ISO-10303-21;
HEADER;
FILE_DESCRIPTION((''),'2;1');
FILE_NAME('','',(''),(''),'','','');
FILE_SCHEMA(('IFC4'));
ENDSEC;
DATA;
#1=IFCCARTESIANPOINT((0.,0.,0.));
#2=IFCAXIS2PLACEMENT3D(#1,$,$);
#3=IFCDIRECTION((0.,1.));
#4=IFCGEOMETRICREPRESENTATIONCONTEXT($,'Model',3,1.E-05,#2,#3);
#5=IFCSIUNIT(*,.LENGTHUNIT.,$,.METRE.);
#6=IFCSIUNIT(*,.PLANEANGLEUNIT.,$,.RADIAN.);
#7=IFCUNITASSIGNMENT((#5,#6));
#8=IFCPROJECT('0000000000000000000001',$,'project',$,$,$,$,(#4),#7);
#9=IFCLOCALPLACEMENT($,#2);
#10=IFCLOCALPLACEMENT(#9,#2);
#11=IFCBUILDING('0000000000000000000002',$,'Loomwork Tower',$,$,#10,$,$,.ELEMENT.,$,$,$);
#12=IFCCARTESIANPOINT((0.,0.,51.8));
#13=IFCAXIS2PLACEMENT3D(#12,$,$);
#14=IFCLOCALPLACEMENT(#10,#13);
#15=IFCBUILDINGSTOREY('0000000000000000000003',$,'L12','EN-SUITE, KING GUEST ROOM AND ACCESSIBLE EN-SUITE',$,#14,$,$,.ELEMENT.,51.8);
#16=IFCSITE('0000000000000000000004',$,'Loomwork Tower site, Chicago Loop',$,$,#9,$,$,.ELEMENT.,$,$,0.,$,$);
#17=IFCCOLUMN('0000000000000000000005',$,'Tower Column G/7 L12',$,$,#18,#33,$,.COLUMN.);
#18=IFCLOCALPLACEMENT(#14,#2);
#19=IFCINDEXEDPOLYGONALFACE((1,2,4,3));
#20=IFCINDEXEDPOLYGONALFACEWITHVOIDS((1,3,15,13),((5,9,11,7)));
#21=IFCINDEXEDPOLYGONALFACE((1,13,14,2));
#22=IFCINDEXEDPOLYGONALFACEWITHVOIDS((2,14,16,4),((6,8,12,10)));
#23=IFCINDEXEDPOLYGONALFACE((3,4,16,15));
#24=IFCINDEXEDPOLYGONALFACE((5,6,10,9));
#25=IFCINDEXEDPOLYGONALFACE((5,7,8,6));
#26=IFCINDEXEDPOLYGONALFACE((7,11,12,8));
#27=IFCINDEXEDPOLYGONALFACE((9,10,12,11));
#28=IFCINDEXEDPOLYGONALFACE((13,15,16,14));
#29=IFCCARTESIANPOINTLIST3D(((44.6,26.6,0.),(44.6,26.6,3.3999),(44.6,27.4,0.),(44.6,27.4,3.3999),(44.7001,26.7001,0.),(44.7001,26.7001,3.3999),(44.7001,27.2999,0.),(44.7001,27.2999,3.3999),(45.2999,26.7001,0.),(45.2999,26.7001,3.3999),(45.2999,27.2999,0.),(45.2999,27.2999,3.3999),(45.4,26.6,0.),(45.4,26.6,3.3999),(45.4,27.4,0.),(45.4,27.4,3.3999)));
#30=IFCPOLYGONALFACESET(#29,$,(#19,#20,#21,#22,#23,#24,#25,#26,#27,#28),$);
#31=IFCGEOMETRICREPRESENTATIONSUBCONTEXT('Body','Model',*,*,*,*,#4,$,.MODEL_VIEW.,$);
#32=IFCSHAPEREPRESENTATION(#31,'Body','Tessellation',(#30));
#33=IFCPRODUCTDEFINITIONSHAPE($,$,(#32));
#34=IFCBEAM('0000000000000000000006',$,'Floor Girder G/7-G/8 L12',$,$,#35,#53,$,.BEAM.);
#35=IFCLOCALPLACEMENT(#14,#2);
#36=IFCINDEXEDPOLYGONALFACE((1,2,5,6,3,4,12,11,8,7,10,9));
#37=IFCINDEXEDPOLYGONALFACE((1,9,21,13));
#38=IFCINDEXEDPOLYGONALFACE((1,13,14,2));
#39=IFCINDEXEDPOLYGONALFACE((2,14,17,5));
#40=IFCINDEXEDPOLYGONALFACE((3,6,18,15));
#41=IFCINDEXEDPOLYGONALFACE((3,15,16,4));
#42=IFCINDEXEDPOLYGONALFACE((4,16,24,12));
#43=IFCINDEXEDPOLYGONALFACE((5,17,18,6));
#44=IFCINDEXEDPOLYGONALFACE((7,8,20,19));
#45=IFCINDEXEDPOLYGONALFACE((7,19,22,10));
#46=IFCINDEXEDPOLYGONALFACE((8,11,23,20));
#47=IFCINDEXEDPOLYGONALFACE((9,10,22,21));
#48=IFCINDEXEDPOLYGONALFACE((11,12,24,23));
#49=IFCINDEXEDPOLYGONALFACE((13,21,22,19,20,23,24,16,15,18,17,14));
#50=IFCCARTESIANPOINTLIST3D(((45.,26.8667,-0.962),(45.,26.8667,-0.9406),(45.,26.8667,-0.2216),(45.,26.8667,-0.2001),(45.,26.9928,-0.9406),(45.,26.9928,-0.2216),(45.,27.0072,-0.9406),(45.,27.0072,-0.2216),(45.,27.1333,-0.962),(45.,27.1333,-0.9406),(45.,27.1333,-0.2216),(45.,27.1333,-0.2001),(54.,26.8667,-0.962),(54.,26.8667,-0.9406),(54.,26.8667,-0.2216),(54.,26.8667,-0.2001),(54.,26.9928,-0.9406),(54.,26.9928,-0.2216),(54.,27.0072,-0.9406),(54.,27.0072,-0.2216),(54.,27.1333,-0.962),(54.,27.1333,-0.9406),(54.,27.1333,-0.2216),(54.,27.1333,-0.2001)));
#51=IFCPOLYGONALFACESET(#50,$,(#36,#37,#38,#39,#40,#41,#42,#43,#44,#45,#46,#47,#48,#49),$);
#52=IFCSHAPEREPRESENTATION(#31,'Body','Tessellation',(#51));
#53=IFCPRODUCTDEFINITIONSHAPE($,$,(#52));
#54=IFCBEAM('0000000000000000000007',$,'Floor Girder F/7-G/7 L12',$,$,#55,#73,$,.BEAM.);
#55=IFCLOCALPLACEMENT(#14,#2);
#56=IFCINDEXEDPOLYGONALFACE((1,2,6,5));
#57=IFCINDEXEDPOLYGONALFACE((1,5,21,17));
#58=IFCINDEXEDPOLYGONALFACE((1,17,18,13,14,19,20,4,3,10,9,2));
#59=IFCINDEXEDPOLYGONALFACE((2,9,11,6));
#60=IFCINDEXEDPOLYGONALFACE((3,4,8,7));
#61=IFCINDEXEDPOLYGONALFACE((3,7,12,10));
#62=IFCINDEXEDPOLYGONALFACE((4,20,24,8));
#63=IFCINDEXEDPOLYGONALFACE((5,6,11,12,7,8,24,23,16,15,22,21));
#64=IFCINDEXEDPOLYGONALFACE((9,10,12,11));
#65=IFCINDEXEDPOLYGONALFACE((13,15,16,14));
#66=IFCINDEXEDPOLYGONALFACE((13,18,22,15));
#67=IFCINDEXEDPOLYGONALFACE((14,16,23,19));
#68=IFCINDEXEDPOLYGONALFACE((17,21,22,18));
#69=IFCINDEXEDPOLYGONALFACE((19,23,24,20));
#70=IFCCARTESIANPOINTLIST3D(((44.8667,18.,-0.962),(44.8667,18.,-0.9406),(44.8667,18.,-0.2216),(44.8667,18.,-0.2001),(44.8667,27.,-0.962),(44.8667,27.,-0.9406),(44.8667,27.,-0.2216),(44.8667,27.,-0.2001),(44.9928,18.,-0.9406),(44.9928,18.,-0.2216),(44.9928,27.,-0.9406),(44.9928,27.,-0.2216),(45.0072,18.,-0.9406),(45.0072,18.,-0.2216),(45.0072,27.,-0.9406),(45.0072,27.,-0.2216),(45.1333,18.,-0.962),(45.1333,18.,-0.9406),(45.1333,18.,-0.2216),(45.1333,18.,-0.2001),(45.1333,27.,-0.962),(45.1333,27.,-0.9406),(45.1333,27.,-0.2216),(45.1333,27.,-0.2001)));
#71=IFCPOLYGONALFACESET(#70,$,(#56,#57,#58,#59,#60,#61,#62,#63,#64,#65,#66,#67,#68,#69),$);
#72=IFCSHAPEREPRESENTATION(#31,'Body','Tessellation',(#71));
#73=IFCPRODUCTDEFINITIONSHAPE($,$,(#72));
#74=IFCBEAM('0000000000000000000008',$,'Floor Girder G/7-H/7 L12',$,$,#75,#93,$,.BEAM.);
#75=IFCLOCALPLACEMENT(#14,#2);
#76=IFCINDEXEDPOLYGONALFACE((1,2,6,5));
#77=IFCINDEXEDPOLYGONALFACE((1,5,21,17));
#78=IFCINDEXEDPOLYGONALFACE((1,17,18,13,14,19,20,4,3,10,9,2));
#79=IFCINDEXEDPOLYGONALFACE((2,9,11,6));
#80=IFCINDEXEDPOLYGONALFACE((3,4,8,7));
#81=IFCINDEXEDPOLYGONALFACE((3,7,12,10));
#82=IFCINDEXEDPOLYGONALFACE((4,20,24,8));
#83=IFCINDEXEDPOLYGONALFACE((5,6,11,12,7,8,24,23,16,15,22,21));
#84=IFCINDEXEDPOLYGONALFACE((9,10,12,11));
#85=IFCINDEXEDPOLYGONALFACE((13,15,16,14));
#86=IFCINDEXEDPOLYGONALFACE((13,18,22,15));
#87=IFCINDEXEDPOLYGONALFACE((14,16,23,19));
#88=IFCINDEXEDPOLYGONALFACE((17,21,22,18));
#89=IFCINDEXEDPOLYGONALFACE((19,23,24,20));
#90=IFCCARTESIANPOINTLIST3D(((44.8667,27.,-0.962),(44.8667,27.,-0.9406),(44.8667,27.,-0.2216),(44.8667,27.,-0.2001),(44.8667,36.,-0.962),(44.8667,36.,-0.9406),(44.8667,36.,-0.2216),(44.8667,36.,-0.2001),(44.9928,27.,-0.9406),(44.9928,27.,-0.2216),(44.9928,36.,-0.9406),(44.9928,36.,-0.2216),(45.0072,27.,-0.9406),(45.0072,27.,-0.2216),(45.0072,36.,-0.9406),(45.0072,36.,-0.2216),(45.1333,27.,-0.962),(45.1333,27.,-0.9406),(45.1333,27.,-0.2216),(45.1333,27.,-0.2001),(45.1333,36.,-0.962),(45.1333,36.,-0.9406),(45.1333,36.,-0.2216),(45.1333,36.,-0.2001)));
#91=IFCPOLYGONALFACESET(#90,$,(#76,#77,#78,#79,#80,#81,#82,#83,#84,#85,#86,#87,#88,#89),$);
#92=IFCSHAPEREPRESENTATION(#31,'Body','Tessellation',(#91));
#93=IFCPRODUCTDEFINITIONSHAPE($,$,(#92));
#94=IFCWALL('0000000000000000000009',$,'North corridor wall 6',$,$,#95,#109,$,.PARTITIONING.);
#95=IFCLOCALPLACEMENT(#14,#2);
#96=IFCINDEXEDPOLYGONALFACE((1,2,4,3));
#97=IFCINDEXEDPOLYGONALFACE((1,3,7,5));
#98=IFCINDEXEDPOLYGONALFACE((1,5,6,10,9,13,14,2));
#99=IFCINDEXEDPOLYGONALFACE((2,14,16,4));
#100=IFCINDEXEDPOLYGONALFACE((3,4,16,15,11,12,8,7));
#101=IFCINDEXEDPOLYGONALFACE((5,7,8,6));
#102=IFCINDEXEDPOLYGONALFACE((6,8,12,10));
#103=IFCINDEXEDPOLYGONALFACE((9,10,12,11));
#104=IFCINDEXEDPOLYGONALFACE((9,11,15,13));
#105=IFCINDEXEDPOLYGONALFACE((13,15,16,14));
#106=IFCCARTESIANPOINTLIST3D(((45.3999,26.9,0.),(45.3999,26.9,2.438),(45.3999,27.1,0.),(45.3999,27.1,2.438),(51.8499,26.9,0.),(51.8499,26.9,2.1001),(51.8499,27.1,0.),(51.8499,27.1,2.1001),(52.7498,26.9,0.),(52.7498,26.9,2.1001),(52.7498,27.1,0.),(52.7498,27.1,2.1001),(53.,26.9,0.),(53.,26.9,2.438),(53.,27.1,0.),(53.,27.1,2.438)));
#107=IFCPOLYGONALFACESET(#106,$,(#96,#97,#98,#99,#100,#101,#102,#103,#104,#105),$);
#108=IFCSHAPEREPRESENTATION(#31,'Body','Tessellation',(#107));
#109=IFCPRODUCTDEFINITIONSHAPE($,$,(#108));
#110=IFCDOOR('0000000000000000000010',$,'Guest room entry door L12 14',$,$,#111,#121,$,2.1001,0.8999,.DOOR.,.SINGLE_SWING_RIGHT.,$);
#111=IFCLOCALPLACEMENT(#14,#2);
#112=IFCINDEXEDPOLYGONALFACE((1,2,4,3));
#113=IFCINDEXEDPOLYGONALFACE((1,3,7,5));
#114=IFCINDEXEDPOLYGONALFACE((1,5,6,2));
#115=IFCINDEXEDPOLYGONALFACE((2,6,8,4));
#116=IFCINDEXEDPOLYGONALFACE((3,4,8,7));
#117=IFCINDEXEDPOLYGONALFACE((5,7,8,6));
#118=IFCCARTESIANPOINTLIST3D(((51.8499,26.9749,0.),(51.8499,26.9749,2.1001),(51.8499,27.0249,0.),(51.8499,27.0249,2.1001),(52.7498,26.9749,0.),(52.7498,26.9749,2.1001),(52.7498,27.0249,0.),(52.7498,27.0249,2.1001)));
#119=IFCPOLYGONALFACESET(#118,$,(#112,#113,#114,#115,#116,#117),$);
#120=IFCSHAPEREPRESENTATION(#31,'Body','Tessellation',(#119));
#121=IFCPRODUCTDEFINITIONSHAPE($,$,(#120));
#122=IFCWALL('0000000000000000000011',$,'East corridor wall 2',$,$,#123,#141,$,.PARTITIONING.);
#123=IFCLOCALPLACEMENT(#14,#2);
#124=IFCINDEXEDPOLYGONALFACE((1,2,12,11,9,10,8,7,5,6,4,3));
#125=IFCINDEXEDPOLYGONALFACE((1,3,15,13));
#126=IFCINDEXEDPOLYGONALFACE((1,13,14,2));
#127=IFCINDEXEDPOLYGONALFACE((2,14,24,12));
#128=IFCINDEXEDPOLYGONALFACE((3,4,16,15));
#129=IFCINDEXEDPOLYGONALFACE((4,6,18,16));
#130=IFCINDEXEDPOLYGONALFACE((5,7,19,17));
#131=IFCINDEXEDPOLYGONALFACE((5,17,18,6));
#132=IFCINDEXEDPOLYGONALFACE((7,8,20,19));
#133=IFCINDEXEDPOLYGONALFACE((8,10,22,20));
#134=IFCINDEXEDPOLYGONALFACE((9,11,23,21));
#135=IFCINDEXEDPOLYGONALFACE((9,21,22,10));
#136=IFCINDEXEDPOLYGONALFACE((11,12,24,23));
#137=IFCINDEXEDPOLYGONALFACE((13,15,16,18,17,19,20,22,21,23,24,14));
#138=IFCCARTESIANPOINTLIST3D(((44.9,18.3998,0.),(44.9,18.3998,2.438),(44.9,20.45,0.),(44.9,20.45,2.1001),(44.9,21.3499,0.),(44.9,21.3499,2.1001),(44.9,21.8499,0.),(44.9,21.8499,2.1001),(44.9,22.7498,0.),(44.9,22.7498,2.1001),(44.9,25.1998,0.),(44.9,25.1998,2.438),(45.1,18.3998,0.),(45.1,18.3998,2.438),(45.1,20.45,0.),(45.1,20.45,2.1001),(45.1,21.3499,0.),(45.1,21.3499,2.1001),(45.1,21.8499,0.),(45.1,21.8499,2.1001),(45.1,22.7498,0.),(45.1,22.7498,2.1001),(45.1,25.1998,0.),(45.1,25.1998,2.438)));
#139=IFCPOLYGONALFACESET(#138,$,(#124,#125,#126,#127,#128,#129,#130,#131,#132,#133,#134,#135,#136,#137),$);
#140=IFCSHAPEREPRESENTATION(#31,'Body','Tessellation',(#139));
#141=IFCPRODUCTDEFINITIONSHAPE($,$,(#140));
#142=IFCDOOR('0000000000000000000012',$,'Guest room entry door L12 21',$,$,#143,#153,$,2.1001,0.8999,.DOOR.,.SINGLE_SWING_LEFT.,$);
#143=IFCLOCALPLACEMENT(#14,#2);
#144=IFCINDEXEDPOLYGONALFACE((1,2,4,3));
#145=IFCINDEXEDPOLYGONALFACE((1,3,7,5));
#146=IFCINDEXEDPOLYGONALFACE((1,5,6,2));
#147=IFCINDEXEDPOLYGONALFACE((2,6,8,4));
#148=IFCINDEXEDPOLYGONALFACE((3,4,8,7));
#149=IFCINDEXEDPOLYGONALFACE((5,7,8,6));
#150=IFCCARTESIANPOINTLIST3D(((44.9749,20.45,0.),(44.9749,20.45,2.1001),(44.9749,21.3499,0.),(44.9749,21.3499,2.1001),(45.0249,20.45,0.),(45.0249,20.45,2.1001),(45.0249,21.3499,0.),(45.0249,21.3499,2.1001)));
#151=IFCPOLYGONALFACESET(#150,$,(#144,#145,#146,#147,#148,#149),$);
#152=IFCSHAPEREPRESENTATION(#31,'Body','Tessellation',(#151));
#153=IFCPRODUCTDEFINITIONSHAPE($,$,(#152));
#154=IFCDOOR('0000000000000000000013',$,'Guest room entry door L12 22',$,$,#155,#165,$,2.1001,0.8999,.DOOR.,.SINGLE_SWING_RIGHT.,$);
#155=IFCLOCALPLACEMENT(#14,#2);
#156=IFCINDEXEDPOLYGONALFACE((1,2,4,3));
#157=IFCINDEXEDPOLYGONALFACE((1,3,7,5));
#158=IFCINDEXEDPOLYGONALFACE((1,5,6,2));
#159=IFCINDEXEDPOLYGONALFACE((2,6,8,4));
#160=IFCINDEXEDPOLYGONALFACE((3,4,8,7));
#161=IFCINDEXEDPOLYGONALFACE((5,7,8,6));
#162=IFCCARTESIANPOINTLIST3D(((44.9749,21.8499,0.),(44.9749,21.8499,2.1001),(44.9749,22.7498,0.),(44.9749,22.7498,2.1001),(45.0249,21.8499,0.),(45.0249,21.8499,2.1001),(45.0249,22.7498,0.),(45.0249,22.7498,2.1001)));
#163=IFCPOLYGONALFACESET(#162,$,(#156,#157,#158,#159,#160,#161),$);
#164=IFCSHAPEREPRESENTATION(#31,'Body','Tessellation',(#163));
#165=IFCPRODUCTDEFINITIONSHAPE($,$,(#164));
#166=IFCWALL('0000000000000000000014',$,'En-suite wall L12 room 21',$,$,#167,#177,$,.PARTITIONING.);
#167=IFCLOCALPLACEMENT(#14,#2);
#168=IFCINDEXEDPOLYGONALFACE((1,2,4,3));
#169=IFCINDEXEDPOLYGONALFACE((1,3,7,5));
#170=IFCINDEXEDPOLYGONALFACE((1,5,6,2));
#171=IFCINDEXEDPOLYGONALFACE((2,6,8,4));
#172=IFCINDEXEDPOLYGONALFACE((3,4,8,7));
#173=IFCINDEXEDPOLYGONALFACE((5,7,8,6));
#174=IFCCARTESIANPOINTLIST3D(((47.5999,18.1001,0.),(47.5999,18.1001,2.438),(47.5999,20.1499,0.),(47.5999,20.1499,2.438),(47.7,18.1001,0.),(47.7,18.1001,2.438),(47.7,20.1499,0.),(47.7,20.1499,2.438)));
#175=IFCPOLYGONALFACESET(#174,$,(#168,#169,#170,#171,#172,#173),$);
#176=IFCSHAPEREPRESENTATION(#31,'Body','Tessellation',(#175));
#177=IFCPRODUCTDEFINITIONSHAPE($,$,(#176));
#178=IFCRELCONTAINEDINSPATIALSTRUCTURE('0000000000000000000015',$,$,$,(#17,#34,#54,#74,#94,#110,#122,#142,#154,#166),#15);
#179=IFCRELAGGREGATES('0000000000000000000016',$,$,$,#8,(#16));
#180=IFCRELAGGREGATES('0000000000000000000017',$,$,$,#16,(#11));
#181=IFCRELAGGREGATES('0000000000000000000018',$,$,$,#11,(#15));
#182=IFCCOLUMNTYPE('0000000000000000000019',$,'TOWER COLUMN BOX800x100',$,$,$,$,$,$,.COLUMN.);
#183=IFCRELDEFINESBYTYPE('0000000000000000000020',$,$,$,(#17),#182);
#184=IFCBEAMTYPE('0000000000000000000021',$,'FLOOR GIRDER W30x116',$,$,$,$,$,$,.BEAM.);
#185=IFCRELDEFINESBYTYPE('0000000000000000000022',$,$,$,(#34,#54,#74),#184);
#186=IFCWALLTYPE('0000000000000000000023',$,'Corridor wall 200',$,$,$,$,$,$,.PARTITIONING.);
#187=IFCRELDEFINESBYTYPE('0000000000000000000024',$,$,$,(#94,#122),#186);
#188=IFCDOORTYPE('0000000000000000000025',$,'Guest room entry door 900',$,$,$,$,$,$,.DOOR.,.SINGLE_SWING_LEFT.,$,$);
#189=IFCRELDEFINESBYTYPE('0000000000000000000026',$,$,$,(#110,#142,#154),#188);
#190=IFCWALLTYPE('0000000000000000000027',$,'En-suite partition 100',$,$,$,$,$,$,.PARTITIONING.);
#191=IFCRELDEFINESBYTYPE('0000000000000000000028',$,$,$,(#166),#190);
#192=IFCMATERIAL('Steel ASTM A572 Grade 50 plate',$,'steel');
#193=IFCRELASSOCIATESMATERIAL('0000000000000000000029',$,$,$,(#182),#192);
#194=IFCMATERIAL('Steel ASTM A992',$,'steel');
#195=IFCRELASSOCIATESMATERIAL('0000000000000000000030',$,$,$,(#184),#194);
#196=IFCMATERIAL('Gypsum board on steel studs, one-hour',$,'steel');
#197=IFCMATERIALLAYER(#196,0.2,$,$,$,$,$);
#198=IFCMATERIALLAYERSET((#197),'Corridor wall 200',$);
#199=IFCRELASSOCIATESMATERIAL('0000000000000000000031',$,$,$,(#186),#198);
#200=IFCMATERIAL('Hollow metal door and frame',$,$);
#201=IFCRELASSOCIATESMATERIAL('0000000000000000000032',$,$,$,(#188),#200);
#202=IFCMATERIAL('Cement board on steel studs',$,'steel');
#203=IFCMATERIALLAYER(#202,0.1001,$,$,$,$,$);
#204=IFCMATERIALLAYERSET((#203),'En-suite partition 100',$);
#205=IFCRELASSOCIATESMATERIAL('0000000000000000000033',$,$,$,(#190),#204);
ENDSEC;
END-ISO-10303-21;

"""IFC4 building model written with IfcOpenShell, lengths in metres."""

from ifc_helpers import new_model, si_unit, direction, frame, frame_2d, origin, origin_2d, place, context, subcontext, project, spatial, rectangle, hollow_rectangle, i_section, extrude, material, layer, layer_set, material_profile, profile_set, type_object, element, fill, save


model = new_model("IFC4")

# Units and contexts
model_context = context("Model", 3, precision=1e-05, world=origin(), true_north=direction((0.0, 1.0)))
body_context = subcontext(model_context, "Body", "Model", "MODEL_VIEW")
ifc_project = project(units=[si_unit("LENGTHUNIT", "METRE"), si_unit("PLANEANGLEUNIT", "RADIAN")], contexts=[model_context])

# Site, building, storey
site_placement = place(None, origin())
site = spatial("IfcSite", under=ifc_project, at=site_placement, Name="Loomwork Tower site, Chicago Loop", CompositionType="ELEMENT", RefElevation=0.0)
building_placement = place(site_placement, origin())
building = spatial("IfcBuilding", under=site, at=building_placement, Name="Loomwork Tower", CompositionType="ELEMENT")
storey_placement = place(building_placement, frame((0.0, 0.0, 51.8)))
storey = spatial("IfcBuildingStorey", under=building, at=storey_placement, Name="L12", Description="EN-SUITE, KING GUEST ROOM AND ACCESSIBLE EN-SUITE", CompositionType="ELEMENT", Elevation=51.8)

# Column
ifc_material_1 = material(Name="Steel ASTM A572 Grade 50 plate", Category="steel")
ifc_material_profile_1 = material_profile(ifc_material_1, hollow_rectangle(XDim=0.8, YDim=0.8, WallThickness=0.1001, at=origin_2d()), Name="BOX800x100")
ifc_profile_set_1 = profile_set([ifc_material_profile_1], Name="Steel ASTM A572 Grade 50 plate")
column_type = type_object("IfcColumnType", Name="TOWER COLUMN BOX800x100", PredefinedType="COLUMN", material=ifc_profile_set_1)
column_placement = place(storey_placement, frame((45.0, 27.0, 0.0), z_axis=(0.0, 0.0, 1.0), x_axis=(0.0, 1.0, 0.0)))
element("IfcColumn", 1, at=column_placement, inside=storey, type_object=column_type, Name="Tower Column G/7 L12", PredefinedType="COLUMN", context=body_context, shape_type="SweptSolid", body=[
    extrude(hollow_rectangle(XDim=0.8, YDim=0.8, WallThickness=0.1001, at=origin_2d()), origin(), (0.0, 0.0, 1.0), 3.3999),
])

# Beams
ifc_material_2 = material(Name="Steel ASTM A992", Category="steel")
ifc_material_profile_2 = material_profile(ifc_material_2, i_section(OverallWidth=0.2666, OverallDepth=0.762, WebThickness=0.0144, FlangeThickness=0.0215, at=origin_2d()), Name="W30x116")
ifc_profile_set_2 = profile_set([ifc_material_profile_2], Name="Steel ASTM A992")
beam_type = type_object("IfcBeamType", Name="FLOOR GIRDER W30x116", PredefinedType="BEAM", material=ifc_profile_set_2)
for number, where, z_axis, x_axis, name in (
    (2, (45.0, 27.0, -0.5811), (1.0, 0.0, 0.0), (0.0, 1.0, 0.0), "Floor Girder G/7-G/8 L12"),
    (3, (45.0, 18.0, -0.5811), (0.0, 1.0, 0.0), (-1.0, 0.0, 0.0), "Floor Girder F/7-G/7 L12"),
    (4, (45.0, 27.0, -0.5811), (0.0, 1.0, 0.0), (-1.0, 0.0, 0.0), "Floor Girder G/7-H/7 L12"),
):
    element("IfcBeam", number, at=place(storey_placement, frame(where, z_axis=z_axis, x_axis=x_axis)), inside=storey, type_object=beam_type, Name=name, PredefinedType="BEAM", context=body_context, shape_type="SweptSolid", body=[
        extrude(i_section(OverallWidth=0.2666, OverallDepth=0.762, WebThickness=0.0144, FlangeThickness=0.0215, at=origin_2d()), origin(), (0.0, 0.0, 1.0), 9.0),
    ])

# Wall, opening, door
ifc_material_3 = material(Name="Gypsum board on steel studs, one-hour", Category="steel")
ifc_layer_1 = layer(ifc_material_3, 0.2)
ifc_layer_set_1 = layer_set([ifc_layer_1], Name="Corridor wall 200")
wall_type_1 = type_object("IfcWallType", Name="Corridor wall 200", PredefinedType="PARTITIONING", material=ifc_layer_set_1)
wall_1_placement = place(storey_placement, frame((45.3999, 27.0, 0.0), z_axis=(0.0, 0.0, 1.0), x_axis=(1.0, 0.0, 0.0)))
wall_1 = element("IfcWall", 5, at=wall_1_placement, inside=storey, type_object=wall_type_1, Name="North corridor wall 6", PredefinedType="PARTITIONING", context=body_context, shape_type="SweptSolid", body=[
    extrude(rectangle(XDim=7.6001, YDim=0.2, at=frame_2d((3.8, 0.0))), origin(), (0.0, 0.0, 1.0), 2.438),
])
opening_1_placement = place(wall_1_placement, frame((6.45, 0.0, 0.0)))
opening_1 = element("IfcOpeningElement", 6, at=opening_1_placement, cuts=wall_1, PredefinedType="OPENING", context=body_context, shape_type="SweptSolid", body=[
    extrude(rectangle(XDim=0.8999, YDim=2.1001, at=frame_2d((0.45, 1.05))), frame((0.0, 0.1099, 0.0), z_axis=(0.0, -1.0, 0.0), x_axis=(1.0, 0.0, 0.0)), (0.0, 0.0, 1.0), 0.22),
])
ifc_material_4 = material(Name="Hollow metal door and frame")
door_type_1 = type_object("IfcDoorType", Name="Guest room entry door 900", OperationType="SINGLE_SWING_LEFT", PredefinedType="DOOR", material=ifc_material_4)
door_1_placement = place(opening_1_placement, origin())
door_1 = element("IfcDoor", 7, at=door_1_placement, inside=storey, type_object=door_type_1, Name="Guest room entry door L12 14", OperationType="SINGLE_SWING_RIGHT", OverallHeight=2.1001, OverallWidth=0.8999, PredefinedType="DOOR", context=body_context, shape_type="SweptSolid", body=[
    extrude(rectangle(XDim=0.8999, YDim=2.1001, at=frame_2d((0.45, 1.05))), frame((0.0, 0.0249, 0.0), z_axis=(0.0, -1.0, 0.0), x_axis=(1.0, 0.0, 0.0)), (0.0, 0.0, 1.0), 0.05),
])
fill(opening_1, door_1)

# Wall, openings, doors
wall_2_placement = place(storey_placement, frame((45.0, 18.3999, 0.0), z_axis=(0.0, 0.0, 1.0), x_axis=(0.0, 1.0, 0.0)))
wall_2 = element("IfcWall", 8, at=wall_2_placement, inside=storey, type_object=wall_type_1, Name="East corridor wall 2", PredefinedType="PARTITIONING", context=body_context, shape_type="SweptSolid", body=[
    extrude(rectangle(XDim=6.8, YDim=0.2, at=frame_2d((3.3999, 0.0))), origin(), (0.0, 0.0, 1.0), 2.438),
])
opening_2_placement = place(wall_2_placement, frame((2.05, 0.0, 0.0)))
opening_2 = element("IfcOpeningElement", 9, at=opening_2_placement, cuts=wall_2, PredefinedType="OPENING", context=body_context, shape_type="SweptSolid", body=[
    extrude(rectangle(XDim=0.8999, YDim=2.1001, at=frame_2d((0.45, 1.05))), frame((0.0, 0.1099, 0.0), z_axis=(0.0, -1.0, 0.0), x_axis=(1.0, 0.0, 0.0)), (0.0, 0.0, 1.0), 0.22),
])
opening_3_placement = place(wall_2_placement, frame((3.45, 0.0, 0.0)))
opening_3 = element("IfcOpeningElement", 10, at=opening_3_placement, cuts=wall_2, PredefinedType="OPENING", context=body_context, shape_type="SweptSolid", body=[
    extrude(rectangle(XDim=0.8999, YDim=2.1001, at=frame_2d((0.45, 1.05))), frame((0.0, 0.1099, 0.0), z_axis=(0.0, -1.0, 0.0), x_axis=(1.0, 0.0, 0.0)), (0.0, 0.0, 1.0), 0.22),
])
door_2_placement = place(opening_2_placement, frame((0.8999, 0.0, 0.0), z_axis=(0.0, 0.0, 1.0), x_axis=(-1.0, 0.0, 0.0)))
door_2 = element("IfcDoor", 11, at=door_2_placement, inside=storey, type_object=door_type_1, Name="Guest room entry door L12 21", OperationType="SINGLE_SWING_LEFT", OverallHeight=2.1001, OverallWidth=0.8999, PredefinedType="DOOR", context=body_context, shape_type="SweptSolid", body=[
    extrude(rectangle(XDim=0.8999, YDim=2.1001, at=frame_2d((0.45, 1.05))), frame((0.0, 0.0249, 0.0), z_axis=(0.0, -1.0, 0.0), x_axis=(1.0, 0.0, 0.0)), (0.0, 0.0, 1.0), 0.05),
])
fill(opening_2, door_2)
door_3_placement = place(opening_3_placement, frame((0.8999, 0.0, 0.0), z_axis=(0.0, 0.0, 1.0), x_axis=(-1.0, 0.0, 0.0)))
door_3 = element("IfcDoor", 12, at=door_3_placement, inside=storey, type_object=door_type_1, Name="Guest room entry door L12 22", OperationType="SINGLE_SWING_RIGHT", OverallHeight=2.1001, OverallWidth=0.8999, PredefinedType="DOOR", context=body_context, shape_type="SweptSolid", body=[
    extrude(rectangle(XDim=0.8999, YDim=2.1001, at=frame_2d((0.45, 1.05))), frame((0.0, 0.0249, 0.0), z_axis=(0.0, -1.0, 0.0), x_axis=(1.0, 0.0, 0.0)), (0.0, 0.0, 1.0), 0.05),
])
fill(opening_3, door_3)

# Wall
ifc_material_5 = material(Name="Cement board on steel studs", Category="steel")
ifc_layer_2 = layer(ifc_material_5, 0.1001)
ifc_layer_set_2 = layer_set([ifc_layer_2], Name="En-suite partition 100")
wall_type_2 = type_object("IfcWallType", Name="En-suite partition 100", PredefinedType="PARTITIONING", material=ifc_layer_set_2)
wall_3_placement = place(storey_placement, frame((47.6499, 18.1001, 0.0), z_axis=(0.0, 0.0, 1.0), x_axis=(0.0, 1.0, 0.0)))
element("IfcWall", 13, at=wall_3_placement, inside=storey, type_object=wall_type_2, Name="En-suite wall L12 room 21", PredefinedType="PARTITIONING", context=body_context, shape_type="SweptSolid", body=[
    extrude(rectangle(XDim=2.0498, YDim=0.1001, at=frame_2d((1.0249, 0.0))), origin(), (0.0, 0.0, 1.0), 2.438),
])

save(model, "model.ifc")
